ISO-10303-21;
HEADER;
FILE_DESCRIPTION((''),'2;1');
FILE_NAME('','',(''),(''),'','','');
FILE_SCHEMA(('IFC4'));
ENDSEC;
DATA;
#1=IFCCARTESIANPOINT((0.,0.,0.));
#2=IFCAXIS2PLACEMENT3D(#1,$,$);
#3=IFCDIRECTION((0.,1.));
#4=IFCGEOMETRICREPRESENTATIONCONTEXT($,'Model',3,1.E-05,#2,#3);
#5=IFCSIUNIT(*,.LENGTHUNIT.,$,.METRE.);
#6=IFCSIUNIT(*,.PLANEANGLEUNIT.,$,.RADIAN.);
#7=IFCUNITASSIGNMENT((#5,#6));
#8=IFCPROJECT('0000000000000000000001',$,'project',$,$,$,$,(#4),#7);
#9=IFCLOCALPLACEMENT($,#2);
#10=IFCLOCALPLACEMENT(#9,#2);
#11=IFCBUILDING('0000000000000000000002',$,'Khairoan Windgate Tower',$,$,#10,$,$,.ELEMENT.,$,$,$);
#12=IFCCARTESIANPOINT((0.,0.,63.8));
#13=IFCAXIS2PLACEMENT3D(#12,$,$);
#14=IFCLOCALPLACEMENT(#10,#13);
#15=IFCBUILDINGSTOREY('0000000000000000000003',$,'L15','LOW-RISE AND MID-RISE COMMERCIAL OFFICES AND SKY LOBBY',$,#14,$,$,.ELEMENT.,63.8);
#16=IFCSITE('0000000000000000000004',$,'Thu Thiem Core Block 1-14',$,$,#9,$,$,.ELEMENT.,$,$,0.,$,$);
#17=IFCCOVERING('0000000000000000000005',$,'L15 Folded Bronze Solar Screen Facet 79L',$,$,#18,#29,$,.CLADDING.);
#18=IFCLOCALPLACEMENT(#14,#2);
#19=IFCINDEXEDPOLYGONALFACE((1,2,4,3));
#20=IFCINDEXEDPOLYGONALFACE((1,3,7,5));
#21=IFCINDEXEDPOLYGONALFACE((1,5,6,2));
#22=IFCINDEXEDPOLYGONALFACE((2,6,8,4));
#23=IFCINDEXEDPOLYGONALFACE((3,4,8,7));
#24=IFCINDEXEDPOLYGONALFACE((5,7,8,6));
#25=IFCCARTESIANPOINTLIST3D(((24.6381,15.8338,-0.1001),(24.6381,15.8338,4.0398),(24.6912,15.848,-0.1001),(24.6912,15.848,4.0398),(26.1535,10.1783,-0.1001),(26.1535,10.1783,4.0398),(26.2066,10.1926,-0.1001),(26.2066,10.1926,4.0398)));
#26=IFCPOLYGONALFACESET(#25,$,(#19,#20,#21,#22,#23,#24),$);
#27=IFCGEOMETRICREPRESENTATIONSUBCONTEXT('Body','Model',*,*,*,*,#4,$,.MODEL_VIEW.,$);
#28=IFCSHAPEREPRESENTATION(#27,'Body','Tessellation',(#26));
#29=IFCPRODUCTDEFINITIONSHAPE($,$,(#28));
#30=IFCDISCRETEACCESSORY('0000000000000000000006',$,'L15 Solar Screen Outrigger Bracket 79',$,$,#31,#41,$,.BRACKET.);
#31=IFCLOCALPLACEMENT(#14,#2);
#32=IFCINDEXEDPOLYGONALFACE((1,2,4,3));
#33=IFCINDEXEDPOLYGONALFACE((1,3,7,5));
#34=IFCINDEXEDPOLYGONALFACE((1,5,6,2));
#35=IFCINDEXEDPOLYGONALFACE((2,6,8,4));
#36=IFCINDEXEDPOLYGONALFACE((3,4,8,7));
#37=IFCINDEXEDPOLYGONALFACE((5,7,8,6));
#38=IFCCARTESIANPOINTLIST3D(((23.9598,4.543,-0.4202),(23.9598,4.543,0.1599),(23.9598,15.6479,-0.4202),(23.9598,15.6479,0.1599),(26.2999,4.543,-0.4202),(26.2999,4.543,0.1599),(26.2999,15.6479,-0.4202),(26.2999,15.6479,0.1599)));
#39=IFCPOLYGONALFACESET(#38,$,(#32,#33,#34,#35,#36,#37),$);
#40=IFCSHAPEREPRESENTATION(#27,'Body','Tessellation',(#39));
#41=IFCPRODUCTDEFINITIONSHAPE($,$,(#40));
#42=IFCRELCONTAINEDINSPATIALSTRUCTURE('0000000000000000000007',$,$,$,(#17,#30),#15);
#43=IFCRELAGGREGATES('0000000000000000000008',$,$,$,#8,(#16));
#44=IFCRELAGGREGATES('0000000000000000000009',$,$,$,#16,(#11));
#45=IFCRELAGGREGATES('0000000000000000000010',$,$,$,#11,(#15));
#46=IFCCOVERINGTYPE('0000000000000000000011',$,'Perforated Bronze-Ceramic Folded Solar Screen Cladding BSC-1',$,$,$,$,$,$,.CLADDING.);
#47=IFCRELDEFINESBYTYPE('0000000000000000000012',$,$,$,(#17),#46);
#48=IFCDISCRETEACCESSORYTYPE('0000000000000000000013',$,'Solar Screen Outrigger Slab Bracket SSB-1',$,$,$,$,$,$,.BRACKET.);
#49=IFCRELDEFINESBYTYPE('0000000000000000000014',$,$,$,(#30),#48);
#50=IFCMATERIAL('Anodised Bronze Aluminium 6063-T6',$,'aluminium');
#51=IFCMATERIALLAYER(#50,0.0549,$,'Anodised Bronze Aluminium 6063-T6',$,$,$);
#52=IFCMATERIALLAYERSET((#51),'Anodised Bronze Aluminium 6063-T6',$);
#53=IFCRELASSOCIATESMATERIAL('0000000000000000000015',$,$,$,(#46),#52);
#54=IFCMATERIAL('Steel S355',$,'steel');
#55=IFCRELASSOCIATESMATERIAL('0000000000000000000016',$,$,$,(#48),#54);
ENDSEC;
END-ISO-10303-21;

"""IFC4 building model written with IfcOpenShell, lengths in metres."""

from ifc_helpers import new_model, si_unit, direction, frame, origin, origin_2d, place, context, subcontext, project, spatial, rectangle, extrude, material, layer, layer_set, type_object, element, save


model = new_model("IFC4")

# Units and contexts
model_context = context("Model", 3, precision=1e-05, world=origin(), true_north=direction((0.0, 1.0)))
body_context = subcontext(model_context, "Body", "Model", "MODEL_VIEW")
ifc_project = project(units=[si_unit("LENGTHUNIT", "METRE"), si_unit("PLANEANGLEUNIT", "RADIAN")], contexts=[model_context])

# Site, building, storey
site_placement = place(None, origin())
site = spatial("IfcSite", under=ifc_project, at=site_placement, Name="Thu Thiem Core Block 1-14", CompositionType="ELEMENT", RefElevation=0.0)
building_placement = place(site_placement, origin())
building = spatial("IfcBuilding", under=site, at=building_placement, Name="Khairoan Windgate Tower", CompositionType="ELEMENT")
storey_placement = place(building_placement, frame((0.0, 0.0, 63.8)))
storey = spatial("IfcBuildingStorey", under=building, at=storey_placement, Name="L15", Description="LOW-RISE AND MID-RISE COMMERCIAL OFFICES AND SKY LOBBY", CompositionType="ELEMENT", Elevation=63.8)

# Covering
ifc_material_1 = material(Name="Anodised Bronze Aluminium 6063-T6", Category="aluminium")
ifc_layer_1 = layer(ifc_material_1, 0.0549, Name="Anodised Bronze Aluminium 6063-T6")
ifc_layer_set_1 = layer_set([ifc_layer_1], Name="Anodised Bronze Aluminium 6063-T6")
covering_type = type_object("IfcCoveringType", Name="Perforated Bronze-Ceramic Folded Solar Screen Cladding BSC-1", PredefinedType="CLADDING", material=ifc_layer_set_1)
covering_placement = place(storey_placement, frame((25.4224, 13.0132, -0.1001), z_axis=(0.0, 0.0, 1.0), x_axis=(0.258819, -0.965926, 0.0)))
element("IfcCovering", 1, at=covering_placement, inside=storey, type_object=covering_type, Name="L15 Folded Bronze Solar Screen Facet 79L", PredefinedType="CLADDING", context=body_context, shape_type="SweptSolid", body=[
    extrude(rectangle(XDim=5.855, YDim=0.0549, at=origin_2d()), origin(), (0.0, 0.0, 1.0), 4.1399),
])

# Discrete accessory
ifc_material_2 = material(Name="Steel S355", Category="steel")
discrete_accessory_type = type_object("IfcDiscreteAccessoryType", Name="Solar Screen Outrigger Slab Bracket SSB-1", PredefinedType="BRACKET", material=ifc_material_2)
discrete_accessory_placement = place(storey_placement, frame((25.1299, 10.0955, -0.4202), z_axis=(0.0, 0.0, 1.0), x_axis=(0.0, -1.0, 0.0)))
element("IfcDiscreteAccessory", 2, at=discrete_accessory_placement, inside=storey, type_object=discrete_accessory_type, Name="L15 Solar Screen Outrigger Bracket 79", PredefinedType="BRACKET", context=body_context, shape_type="SweptSolid", body=[
    extrude(rectangle(XDim=11.105, YDim=2.3401, at=origin_2d()), origin(), (0.0, 0.0, 1.0), 0.5801),
])

save(model, "model.ifc")
